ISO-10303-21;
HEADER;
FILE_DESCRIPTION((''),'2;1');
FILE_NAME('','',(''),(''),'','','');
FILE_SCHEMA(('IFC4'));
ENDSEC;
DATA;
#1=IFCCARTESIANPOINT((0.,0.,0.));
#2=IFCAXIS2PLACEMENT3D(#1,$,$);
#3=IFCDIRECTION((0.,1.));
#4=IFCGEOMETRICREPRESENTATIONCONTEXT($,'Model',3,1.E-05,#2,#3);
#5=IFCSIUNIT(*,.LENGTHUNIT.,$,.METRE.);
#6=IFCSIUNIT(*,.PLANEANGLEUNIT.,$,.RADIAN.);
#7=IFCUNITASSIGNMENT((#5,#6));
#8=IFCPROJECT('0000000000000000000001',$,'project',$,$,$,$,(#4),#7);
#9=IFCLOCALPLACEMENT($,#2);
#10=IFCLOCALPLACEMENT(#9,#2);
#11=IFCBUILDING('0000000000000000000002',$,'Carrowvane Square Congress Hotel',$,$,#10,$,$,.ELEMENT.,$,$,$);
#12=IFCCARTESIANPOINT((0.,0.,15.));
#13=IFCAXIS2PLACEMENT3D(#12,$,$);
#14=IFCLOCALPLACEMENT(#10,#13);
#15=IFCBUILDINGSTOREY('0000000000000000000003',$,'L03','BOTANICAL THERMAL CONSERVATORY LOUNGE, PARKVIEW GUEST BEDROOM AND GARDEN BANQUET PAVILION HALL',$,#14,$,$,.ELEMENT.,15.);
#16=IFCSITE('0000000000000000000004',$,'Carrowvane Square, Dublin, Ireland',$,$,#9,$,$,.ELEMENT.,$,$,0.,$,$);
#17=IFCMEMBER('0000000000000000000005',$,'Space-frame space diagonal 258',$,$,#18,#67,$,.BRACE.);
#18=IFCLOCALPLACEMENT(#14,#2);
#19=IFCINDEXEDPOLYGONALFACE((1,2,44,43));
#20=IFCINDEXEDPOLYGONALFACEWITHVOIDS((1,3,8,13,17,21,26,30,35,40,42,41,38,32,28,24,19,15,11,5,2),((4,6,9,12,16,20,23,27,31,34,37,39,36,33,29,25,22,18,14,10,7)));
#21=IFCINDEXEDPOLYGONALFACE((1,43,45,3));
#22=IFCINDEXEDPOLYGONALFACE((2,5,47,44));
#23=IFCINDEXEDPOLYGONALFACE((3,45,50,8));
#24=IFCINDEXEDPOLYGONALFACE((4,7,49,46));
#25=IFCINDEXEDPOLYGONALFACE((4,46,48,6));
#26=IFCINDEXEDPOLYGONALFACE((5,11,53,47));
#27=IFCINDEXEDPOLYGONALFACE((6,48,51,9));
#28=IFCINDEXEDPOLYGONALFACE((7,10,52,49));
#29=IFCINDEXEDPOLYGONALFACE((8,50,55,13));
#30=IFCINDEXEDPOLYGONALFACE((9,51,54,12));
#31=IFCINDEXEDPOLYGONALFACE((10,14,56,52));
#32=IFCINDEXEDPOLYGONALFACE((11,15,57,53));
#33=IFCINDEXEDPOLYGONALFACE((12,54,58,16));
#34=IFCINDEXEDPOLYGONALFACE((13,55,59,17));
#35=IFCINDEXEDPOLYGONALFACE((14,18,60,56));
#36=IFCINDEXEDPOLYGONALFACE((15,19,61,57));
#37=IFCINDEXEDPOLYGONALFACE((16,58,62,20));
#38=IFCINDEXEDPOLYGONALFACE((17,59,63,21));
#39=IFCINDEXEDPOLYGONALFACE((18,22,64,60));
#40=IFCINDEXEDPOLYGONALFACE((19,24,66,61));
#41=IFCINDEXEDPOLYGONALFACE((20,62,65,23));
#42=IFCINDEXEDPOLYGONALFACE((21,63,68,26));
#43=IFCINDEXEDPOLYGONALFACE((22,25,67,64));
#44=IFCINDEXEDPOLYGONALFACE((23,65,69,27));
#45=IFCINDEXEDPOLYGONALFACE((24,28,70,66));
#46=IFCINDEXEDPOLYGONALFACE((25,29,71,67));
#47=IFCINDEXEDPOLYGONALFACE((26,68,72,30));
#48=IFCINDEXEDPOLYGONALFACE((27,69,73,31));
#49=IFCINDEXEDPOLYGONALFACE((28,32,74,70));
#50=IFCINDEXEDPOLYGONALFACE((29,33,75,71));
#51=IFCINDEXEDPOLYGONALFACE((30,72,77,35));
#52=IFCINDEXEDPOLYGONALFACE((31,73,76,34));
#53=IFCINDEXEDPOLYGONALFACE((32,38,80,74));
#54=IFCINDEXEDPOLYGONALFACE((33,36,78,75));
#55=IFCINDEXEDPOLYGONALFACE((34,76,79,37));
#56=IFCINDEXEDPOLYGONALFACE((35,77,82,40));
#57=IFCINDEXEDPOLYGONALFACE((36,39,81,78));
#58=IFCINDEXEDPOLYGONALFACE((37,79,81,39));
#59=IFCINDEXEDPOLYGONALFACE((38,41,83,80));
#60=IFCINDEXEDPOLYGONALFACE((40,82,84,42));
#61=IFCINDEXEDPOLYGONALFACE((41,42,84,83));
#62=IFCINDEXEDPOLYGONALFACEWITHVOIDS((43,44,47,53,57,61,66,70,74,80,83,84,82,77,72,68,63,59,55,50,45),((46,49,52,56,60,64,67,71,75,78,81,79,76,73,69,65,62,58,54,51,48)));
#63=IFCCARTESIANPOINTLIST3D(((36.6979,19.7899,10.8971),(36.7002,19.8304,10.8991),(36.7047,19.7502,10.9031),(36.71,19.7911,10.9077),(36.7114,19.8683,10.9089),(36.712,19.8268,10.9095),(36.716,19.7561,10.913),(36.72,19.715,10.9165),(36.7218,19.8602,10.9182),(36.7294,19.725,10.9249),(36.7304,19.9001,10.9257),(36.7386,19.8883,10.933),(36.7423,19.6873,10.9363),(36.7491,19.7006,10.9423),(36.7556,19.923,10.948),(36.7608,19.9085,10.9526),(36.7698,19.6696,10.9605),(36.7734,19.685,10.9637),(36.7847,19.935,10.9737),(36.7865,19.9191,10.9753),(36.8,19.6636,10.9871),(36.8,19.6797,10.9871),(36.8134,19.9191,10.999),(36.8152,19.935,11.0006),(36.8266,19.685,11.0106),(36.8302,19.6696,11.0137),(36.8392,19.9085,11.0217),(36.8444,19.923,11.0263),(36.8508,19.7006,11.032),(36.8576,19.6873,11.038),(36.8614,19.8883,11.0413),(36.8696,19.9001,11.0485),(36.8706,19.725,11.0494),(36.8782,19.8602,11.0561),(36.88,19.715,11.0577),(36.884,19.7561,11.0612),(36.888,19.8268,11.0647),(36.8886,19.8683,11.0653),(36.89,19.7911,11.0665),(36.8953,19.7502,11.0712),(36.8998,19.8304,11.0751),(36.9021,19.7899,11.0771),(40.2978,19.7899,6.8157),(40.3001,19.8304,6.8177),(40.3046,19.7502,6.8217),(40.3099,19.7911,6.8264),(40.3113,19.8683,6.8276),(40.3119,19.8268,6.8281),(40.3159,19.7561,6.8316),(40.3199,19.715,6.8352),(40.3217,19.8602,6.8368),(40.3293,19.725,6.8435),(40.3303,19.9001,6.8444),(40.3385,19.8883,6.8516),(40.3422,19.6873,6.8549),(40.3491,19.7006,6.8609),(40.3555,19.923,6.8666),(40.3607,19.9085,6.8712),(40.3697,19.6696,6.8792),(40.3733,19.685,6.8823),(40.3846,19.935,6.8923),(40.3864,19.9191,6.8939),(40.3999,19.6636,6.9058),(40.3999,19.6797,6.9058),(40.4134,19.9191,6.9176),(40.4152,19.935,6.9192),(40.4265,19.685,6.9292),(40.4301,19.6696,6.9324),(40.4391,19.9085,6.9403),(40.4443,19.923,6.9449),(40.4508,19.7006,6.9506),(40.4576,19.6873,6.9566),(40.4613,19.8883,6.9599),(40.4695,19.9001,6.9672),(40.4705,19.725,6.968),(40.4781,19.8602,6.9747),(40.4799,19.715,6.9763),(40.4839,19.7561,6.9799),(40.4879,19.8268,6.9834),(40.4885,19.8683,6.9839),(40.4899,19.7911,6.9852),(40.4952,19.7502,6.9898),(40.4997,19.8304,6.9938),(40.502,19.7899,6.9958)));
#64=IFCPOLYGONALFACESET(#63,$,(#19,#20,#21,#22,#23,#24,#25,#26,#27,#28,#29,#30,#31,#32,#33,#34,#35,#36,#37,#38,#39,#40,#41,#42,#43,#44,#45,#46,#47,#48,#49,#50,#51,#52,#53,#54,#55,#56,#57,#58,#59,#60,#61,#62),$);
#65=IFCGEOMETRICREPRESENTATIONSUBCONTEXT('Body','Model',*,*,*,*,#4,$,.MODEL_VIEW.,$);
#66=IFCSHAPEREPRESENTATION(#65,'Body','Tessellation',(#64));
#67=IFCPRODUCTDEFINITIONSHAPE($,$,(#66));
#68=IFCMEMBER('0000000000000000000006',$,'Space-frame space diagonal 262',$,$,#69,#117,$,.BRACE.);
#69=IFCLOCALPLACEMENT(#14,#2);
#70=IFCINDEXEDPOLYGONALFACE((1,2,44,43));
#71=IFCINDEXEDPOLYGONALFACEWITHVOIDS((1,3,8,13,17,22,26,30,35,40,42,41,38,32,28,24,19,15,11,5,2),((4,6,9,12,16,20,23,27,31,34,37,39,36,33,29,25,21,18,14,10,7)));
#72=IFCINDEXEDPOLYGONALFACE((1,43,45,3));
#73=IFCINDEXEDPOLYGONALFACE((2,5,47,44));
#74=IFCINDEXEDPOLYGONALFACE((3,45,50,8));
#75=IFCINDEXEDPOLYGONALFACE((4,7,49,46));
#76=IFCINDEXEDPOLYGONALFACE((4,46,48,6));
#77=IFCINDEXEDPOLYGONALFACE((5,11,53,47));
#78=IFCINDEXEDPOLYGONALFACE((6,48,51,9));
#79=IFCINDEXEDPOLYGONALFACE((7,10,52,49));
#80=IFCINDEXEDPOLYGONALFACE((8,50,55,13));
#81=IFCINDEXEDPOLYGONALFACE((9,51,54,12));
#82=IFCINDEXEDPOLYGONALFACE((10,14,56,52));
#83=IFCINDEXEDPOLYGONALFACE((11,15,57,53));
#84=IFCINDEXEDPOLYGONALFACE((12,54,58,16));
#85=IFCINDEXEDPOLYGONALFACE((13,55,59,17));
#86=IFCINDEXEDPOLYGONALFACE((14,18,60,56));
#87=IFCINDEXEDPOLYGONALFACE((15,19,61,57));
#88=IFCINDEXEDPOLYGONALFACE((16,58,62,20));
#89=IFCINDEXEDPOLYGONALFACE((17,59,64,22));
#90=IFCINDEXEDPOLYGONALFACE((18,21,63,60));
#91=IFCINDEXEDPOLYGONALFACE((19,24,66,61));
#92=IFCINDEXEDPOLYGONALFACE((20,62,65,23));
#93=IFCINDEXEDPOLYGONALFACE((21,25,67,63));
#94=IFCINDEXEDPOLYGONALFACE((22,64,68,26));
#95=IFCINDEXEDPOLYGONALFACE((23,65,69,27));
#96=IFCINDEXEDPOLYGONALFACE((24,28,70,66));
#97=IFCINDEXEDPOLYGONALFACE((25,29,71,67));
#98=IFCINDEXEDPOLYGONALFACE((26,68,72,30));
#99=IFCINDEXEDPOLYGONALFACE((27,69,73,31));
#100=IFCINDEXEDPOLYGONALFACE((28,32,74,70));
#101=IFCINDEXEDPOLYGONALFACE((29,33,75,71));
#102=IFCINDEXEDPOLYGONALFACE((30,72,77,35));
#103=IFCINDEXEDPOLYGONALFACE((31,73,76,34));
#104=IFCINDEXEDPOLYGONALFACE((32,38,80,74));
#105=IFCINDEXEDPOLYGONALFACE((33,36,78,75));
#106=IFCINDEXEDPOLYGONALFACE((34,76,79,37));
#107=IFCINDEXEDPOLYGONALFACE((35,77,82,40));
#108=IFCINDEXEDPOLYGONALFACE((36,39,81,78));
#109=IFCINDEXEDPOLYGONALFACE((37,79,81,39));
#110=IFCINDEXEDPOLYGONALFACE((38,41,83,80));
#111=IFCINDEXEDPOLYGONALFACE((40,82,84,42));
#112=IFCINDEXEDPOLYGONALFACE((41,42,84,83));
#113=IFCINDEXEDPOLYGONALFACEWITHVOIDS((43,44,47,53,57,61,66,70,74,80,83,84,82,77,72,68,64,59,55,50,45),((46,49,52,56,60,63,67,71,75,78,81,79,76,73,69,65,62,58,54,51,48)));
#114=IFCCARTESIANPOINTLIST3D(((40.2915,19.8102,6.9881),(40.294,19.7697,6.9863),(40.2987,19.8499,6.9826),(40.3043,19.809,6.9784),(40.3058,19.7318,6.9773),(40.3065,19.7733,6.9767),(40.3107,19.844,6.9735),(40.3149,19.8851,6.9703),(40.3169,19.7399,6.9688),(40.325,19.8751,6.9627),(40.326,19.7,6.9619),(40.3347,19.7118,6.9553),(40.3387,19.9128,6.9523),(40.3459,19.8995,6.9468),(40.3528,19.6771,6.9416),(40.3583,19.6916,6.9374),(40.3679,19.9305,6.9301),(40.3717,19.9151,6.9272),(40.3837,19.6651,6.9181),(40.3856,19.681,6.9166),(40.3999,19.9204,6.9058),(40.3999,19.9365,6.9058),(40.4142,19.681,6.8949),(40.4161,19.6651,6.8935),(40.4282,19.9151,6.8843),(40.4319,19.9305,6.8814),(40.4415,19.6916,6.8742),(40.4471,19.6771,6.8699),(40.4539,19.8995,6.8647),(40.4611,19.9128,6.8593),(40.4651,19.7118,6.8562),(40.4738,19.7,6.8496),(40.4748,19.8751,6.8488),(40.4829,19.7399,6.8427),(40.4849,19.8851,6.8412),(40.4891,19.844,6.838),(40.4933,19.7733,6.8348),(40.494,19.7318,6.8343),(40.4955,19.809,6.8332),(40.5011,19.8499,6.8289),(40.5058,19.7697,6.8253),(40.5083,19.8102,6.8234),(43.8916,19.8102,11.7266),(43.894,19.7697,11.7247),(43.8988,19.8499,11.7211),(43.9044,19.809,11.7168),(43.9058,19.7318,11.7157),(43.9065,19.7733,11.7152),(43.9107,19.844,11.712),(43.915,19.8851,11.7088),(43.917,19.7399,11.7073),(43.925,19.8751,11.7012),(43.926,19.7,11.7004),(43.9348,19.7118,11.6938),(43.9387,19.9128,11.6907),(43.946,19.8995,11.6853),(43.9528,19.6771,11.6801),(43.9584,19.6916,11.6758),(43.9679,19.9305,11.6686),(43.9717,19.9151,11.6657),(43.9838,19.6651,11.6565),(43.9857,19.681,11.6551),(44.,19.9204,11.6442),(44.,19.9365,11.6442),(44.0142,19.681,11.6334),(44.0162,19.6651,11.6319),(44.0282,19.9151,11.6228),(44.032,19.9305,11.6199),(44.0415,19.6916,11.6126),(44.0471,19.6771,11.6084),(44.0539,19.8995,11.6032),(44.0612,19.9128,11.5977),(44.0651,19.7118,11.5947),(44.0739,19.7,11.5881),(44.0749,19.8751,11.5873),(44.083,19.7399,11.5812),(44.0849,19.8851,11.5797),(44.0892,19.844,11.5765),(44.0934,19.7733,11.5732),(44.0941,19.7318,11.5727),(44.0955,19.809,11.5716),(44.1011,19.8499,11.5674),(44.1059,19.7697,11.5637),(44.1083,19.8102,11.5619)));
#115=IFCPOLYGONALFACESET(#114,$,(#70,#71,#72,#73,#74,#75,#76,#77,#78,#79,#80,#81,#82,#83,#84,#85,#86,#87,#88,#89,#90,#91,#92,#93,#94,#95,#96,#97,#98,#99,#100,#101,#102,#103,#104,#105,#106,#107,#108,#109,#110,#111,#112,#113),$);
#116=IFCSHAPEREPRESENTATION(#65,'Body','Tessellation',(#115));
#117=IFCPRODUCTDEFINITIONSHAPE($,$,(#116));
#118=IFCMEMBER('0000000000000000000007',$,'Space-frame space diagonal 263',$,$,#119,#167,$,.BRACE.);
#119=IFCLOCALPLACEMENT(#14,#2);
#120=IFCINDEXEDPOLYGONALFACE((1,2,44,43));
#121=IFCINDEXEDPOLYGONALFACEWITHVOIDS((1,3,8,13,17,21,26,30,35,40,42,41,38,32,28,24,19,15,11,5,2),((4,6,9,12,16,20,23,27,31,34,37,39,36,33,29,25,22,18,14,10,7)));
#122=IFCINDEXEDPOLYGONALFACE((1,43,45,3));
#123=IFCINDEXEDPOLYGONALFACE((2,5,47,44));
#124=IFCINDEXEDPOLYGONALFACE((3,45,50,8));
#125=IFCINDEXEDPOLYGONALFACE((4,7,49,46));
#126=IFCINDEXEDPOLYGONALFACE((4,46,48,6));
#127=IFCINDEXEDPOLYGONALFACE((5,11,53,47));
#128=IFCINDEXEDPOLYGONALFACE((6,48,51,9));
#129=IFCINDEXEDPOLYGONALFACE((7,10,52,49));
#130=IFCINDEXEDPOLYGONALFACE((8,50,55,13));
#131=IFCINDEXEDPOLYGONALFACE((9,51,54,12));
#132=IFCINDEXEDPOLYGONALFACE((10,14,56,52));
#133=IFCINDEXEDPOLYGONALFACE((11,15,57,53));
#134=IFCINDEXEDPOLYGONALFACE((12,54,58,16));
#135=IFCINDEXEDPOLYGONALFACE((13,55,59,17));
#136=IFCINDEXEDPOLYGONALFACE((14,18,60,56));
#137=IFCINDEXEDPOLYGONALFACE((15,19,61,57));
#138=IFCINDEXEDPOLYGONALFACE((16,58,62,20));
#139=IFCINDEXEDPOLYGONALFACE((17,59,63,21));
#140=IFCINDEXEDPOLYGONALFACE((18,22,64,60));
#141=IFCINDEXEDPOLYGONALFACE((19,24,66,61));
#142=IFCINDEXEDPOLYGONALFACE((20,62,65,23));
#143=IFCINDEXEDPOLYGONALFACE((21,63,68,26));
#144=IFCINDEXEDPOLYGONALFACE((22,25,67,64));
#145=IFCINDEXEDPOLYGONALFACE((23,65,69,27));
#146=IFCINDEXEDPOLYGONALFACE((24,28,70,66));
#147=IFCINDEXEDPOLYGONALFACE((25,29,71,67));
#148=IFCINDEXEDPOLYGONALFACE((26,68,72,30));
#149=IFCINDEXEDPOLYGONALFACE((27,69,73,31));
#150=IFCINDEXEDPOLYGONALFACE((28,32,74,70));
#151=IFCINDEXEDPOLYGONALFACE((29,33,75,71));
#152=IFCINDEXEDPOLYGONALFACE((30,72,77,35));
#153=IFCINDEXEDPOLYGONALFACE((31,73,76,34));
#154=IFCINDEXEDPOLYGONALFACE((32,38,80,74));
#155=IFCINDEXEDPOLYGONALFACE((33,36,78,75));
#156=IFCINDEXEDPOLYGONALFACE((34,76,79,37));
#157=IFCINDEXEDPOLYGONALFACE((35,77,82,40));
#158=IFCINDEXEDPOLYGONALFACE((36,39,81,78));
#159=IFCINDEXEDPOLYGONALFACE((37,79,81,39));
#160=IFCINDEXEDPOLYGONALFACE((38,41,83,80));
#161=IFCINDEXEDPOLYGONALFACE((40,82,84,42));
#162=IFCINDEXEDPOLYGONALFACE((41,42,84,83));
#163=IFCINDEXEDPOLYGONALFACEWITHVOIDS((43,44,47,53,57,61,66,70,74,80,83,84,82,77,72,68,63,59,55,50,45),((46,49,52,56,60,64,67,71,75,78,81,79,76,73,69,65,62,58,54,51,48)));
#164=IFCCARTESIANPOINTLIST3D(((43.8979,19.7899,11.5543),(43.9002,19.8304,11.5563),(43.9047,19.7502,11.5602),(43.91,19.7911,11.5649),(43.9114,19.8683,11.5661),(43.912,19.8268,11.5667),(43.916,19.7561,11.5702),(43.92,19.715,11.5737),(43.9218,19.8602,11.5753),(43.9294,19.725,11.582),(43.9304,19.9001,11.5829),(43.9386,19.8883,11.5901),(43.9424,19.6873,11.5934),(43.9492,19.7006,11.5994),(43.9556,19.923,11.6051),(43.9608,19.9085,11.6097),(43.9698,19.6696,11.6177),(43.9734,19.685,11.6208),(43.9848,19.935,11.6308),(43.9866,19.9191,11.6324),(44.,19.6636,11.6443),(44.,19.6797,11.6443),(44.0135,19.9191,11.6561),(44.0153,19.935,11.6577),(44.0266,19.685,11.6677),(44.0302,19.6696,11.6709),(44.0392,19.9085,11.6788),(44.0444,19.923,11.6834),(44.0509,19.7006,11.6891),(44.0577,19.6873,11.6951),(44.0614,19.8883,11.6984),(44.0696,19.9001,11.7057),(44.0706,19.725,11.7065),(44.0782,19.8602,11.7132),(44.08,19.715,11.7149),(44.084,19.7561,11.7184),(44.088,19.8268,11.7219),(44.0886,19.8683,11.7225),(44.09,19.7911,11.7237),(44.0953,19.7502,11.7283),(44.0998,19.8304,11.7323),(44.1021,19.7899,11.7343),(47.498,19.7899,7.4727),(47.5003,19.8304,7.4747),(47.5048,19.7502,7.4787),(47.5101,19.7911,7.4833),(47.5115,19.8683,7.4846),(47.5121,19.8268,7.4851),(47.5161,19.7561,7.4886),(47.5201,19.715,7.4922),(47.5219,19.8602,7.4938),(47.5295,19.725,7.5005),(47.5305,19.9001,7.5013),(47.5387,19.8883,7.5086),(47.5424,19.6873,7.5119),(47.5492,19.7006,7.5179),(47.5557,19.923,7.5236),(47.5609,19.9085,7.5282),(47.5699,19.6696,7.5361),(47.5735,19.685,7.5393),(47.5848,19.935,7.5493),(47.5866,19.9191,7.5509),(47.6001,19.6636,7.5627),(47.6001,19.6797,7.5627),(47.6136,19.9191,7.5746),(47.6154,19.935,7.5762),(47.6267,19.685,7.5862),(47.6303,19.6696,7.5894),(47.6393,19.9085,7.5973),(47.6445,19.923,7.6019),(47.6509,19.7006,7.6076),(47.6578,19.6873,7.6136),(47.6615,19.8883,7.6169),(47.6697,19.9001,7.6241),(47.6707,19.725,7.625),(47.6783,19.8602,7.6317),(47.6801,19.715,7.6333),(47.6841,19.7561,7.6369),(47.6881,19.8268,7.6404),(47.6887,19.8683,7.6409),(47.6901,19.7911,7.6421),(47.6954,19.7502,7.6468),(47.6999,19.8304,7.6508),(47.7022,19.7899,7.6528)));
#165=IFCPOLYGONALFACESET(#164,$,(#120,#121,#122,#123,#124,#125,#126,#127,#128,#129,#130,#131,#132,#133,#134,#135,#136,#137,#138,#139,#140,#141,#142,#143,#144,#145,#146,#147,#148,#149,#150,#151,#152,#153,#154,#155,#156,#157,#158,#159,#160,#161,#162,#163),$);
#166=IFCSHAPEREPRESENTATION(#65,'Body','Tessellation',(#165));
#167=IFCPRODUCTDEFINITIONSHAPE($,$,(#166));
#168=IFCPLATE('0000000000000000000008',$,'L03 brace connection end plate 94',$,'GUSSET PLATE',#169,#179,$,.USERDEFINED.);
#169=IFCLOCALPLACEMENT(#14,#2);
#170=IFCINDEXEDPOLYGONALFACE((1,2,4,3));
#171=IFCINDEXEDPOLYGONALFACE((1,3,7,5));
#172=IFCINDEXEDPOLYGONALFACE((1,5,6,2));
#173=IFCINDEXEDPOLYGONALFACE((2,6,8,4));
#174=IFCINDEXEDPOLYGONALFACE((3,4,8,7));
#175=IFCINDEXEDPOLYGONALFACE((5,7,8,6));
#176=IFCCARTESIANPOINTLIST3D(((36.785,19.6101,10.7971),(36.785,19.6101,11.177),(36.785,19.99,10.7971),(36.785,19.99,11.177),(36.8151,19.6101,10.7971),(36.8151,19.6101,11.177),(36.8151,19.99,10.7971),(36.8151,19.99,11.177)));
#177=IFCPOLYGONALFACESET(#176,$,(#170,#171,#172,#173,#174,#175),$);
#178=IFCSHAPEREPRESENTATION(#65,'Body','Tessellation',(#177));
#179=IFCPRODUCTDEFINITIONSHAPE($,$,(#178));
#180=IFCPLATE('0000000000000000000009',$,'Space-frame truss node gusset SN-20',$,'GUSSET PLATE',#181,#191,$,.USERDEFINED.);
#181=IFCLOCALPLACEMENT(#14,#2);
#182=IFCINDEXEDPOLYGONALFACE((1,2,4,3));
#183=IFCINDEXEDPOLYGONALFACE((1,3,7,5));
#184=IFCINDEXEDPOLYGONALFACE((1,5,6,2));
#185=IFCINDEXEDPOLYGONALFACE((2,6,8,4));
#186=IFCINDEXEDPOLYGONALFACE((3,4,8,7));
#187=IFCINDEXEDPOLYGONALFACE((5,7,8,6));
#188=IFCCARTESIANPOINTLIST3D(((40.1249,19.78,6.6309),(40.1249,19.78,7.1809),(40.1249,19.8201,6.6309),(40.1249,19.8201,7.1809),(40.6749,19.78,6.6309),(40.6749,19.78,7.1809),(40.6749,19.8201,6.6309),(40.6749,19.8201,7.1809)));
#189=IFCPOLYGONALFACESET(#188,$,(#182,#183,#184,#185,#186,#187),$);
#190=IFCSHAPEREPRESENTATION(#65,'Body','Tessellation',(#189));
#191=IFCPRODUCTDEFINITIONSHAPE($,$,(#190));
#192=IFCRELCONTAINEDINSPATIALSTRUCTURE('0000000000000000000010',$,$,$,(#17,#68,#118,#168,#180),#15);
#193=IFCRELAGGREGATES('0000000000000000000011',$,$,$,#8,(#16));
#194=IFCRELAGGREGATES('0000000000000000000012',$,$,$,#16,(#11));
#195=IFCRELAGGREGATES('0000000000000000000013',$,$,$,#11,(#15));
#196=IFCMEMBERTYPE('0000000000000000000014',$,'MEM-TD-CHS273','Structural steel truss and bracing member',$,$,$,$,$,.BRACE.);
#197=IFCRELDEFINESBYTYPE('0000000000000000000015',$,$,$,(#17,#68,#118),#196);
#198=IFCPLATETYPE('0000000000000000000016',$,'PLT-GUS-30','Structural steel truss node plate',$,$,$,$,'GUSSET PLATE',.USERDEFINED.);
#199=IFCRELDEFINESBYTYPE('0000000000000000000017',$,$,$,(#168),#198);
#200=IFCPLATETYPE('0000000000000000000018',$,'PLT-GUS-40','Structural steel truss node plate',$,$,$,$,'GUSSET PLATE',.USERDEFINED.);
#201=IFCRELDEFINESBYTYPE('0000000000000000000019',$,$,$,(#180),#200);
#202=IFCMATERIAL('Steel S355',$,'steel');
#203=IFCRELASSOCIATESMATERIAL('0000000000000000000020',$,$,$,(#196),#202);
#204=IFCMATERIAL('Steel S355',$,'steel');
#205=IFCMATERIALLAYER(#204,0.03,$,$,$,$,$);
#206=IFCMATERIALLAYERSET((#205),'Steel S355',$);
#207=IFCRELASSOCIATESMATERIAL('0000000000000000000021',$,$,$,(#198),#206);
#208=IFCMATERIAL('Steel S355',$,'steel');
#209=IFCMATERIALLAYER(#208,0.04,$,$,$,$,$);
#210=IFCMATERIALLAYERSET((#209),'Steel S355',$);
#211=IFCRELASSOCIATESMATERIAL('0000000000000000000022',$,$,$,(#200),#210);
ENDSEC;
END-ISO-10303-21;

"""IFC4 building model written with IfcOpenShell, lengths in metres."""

from ifc_helpers import new_model, si_unit, direction, frame, origin, origin_2d, place, context, subcontext, project, spatial, rectangle, hollow_circle, extrude, material, layer, layer_set, material_profile, profile_set, type_object, element, save


model = new_model("IFC4")

# Units and contexts
model_context = context("Model", 3, precision=1e-05, world=origin(), true_north=direction((0.0, 1.0)))
body_context = subcontext(model_context, "Body", "Model", "MODEL_VIEW")
ifc_project = project(units=[si_unit("LENGTHUNIT", "METRE"), si_unit("PLANEANGLEUNIT", "RADIAN")], contexts=[model_context])

# Site, building, storey
site_placement = place(None, origin())
site = spatial("IfcSite", under=ifc_project, at=site_placement, Name="Carrowvane Square, Dublin, Ireland", CompositionType="ELEMENT", RefElevation=0.0)
building_placement = place(site_placement, origin())
building = spatial("IfcBuilding", under=site, at=building_placement, Name="Carrowvane Square Congress Hotel", CompositionType="ELEMENT")
storey_placement = place(building_placement, frame((0.0, 0.0, 15.0)))
storey = spatial("IfcBuildingStorey", under=building, at=storey_placement, Name="L03", Description="BOTANICAL THERMAL CONSERVATORY LOUNGE, PARKVIEW GUEST BEDROOM AND GARDEN BANQUET PAVILION HALL", CompositionType="ELEMENT", Elevation=15.0)

# Members
ifc_material_1 = material(Name="Steel S355", Category="steel")
ifc_material_profile_1 = material_profile(ifc_material_1, hollow_circle(Radius=0.1365, WallThickness=0.0161, at=origin_2d()), Name="CHS 273.0x16")
ifc_profile_set_1 = profile_set([ifc_material_profile_1], Name="Steel S355")
member_type_1 = type_object("IfcMemberType", Name="MEM-TD-CHS273", Description="Structural steel truss and bracing member", PredefinedType="BRACE", material=ifc_profile_set_1)
member_1_placement = place(storey_placement, frame((40.3999, 19.8, 6.9058), z_axis=(-0.661488, 0.0, 0.749956), x_axis=(0.0, -1.0, 0.0)))
element("IfcMember", 1, at=member_1_placement, inside=storey, type_object=member_type_1, Name="Space-frame space diagonal 258", PredefinedType="BRACE", context=body_context, shape_type="SweptSolid", body=[
    extrude(hollow_circle(Radius=0.1365, WallThickness=0.0161, at=origin_2d()), origin(), (0.0, 0.0, 1.0), 5.4421),
])
member_2_placement = place(storey_placement, frame((40.3999, 19.8, 6.9058), z_axis=(0.604957, 0.0, 0.796258), x_axis=(0.0, 1.0, 0.0)))
element("IfcMember", 2, at=member_2_placement, inside=storey, type_object=member_type_1, Name="Space-frame space diagonal 262", PredefinedType="BRACE", context=body_context, shape_type="SweptSolid", body=[
    extrude(hollow_circle(Radius=0.1365, WallThickness=0.0161, at=origin_2d()), origin(), (0.0, 0.0, 1.0), 5.9509),
])
member_3_placement = place(storey_placement, frame((47.6001, 19.8, 7.5627), z_axis=(-0.661491, 0.0, 0.749953), x_axis=(0.0, -1.0, 0.0)))
element("IfcMember", 3, at=member_3_placement, inside=storey, type_object=member_type_1, Name="Space-frame space diagonal 263", PredefinedType="BRACE", context=body_context, shape_type="SweptSolid", body=[
    extrude(hollow_circle(Radius=0.1365, WallThickness=0.0161, at=origin_2d()), origin(), (0.0, 0.0, 1.0), 5.4424),
])

# Plates
ifc_material_2 = material(Name="Steel S355", Category="steel")
ifc_layer_1 = layer(ifc_material_2, 0.03)
ifc_layer_set_1 = layer_set([ifc_layer_1], Name="Steel S355")
plate_type_1 = type_object("IfcPlateType", Name="PLT-GUS-30", Description="Structural steel truss node plate", ElementType="GUSSET PLATE", PredefinedType="USERDEFINED", material=ifc_layer_set_1)
plate_1_placement = place(storey_placement, frame((36.8, 19.8, 10.7971), z_axis=(0.0, 0.0, 1.0), x_axis=(1.0, 0.0, 0.0)))
element("IfcPlate", 4, at=plate_1_placement, inside=storey, type_object=plate_type_1, Name="L03 brace connection end plate 94", ObjectType="GUSSET PLATE", PredefinedType="USERDEFINED", context=body_context, shape_type="SweptSolid", body=[
    extrude(rectangle(XDim=0.03, YDim=0.3799, at=origin_2d()), origin(), (0.0, 0.0, 1.0), 0.3799),
])
ifc_material_3 = material(Name="Steel S355", Category="steel")
ifc_layer_2 = layer(ifc_material_3, 0.04)
ifc_layer_set_2 = layer_set([ifc_layer_2], Name="Steel S355")
plate_type_2 = type_object("IfcPlateType", Name="PLT-GUS-40", Description="Structural steel truss node plate", ElementType="GUSSET PLATE", PredefinedType="USERDEFINED", material=ifc_layer_set_2)
plate_2_placement = place(storey_placement, frame((40.3999, 19.8, 6.6309), z_axis=(0.0, 0.0, 1.0), x_axis=(1.0, 0.0, 0.0)))
element("IfcPlate", 5, at=plate_2_placement, inside=storey, type_object=plate_type_2, Name="Space-frame truss node gusset SN-20", ObjectType="GUSSET PLATE", PredefinedType="USERDEFINED", context=body_context, shape_type="SweptSolid", body=[
    extrude(rectangle(XDim=0.55, YDim=0.04, at=origin_2d()), origin(), (0.0, 0.0, 1.0), 0.55),
])

save(model, "model.ifc")
